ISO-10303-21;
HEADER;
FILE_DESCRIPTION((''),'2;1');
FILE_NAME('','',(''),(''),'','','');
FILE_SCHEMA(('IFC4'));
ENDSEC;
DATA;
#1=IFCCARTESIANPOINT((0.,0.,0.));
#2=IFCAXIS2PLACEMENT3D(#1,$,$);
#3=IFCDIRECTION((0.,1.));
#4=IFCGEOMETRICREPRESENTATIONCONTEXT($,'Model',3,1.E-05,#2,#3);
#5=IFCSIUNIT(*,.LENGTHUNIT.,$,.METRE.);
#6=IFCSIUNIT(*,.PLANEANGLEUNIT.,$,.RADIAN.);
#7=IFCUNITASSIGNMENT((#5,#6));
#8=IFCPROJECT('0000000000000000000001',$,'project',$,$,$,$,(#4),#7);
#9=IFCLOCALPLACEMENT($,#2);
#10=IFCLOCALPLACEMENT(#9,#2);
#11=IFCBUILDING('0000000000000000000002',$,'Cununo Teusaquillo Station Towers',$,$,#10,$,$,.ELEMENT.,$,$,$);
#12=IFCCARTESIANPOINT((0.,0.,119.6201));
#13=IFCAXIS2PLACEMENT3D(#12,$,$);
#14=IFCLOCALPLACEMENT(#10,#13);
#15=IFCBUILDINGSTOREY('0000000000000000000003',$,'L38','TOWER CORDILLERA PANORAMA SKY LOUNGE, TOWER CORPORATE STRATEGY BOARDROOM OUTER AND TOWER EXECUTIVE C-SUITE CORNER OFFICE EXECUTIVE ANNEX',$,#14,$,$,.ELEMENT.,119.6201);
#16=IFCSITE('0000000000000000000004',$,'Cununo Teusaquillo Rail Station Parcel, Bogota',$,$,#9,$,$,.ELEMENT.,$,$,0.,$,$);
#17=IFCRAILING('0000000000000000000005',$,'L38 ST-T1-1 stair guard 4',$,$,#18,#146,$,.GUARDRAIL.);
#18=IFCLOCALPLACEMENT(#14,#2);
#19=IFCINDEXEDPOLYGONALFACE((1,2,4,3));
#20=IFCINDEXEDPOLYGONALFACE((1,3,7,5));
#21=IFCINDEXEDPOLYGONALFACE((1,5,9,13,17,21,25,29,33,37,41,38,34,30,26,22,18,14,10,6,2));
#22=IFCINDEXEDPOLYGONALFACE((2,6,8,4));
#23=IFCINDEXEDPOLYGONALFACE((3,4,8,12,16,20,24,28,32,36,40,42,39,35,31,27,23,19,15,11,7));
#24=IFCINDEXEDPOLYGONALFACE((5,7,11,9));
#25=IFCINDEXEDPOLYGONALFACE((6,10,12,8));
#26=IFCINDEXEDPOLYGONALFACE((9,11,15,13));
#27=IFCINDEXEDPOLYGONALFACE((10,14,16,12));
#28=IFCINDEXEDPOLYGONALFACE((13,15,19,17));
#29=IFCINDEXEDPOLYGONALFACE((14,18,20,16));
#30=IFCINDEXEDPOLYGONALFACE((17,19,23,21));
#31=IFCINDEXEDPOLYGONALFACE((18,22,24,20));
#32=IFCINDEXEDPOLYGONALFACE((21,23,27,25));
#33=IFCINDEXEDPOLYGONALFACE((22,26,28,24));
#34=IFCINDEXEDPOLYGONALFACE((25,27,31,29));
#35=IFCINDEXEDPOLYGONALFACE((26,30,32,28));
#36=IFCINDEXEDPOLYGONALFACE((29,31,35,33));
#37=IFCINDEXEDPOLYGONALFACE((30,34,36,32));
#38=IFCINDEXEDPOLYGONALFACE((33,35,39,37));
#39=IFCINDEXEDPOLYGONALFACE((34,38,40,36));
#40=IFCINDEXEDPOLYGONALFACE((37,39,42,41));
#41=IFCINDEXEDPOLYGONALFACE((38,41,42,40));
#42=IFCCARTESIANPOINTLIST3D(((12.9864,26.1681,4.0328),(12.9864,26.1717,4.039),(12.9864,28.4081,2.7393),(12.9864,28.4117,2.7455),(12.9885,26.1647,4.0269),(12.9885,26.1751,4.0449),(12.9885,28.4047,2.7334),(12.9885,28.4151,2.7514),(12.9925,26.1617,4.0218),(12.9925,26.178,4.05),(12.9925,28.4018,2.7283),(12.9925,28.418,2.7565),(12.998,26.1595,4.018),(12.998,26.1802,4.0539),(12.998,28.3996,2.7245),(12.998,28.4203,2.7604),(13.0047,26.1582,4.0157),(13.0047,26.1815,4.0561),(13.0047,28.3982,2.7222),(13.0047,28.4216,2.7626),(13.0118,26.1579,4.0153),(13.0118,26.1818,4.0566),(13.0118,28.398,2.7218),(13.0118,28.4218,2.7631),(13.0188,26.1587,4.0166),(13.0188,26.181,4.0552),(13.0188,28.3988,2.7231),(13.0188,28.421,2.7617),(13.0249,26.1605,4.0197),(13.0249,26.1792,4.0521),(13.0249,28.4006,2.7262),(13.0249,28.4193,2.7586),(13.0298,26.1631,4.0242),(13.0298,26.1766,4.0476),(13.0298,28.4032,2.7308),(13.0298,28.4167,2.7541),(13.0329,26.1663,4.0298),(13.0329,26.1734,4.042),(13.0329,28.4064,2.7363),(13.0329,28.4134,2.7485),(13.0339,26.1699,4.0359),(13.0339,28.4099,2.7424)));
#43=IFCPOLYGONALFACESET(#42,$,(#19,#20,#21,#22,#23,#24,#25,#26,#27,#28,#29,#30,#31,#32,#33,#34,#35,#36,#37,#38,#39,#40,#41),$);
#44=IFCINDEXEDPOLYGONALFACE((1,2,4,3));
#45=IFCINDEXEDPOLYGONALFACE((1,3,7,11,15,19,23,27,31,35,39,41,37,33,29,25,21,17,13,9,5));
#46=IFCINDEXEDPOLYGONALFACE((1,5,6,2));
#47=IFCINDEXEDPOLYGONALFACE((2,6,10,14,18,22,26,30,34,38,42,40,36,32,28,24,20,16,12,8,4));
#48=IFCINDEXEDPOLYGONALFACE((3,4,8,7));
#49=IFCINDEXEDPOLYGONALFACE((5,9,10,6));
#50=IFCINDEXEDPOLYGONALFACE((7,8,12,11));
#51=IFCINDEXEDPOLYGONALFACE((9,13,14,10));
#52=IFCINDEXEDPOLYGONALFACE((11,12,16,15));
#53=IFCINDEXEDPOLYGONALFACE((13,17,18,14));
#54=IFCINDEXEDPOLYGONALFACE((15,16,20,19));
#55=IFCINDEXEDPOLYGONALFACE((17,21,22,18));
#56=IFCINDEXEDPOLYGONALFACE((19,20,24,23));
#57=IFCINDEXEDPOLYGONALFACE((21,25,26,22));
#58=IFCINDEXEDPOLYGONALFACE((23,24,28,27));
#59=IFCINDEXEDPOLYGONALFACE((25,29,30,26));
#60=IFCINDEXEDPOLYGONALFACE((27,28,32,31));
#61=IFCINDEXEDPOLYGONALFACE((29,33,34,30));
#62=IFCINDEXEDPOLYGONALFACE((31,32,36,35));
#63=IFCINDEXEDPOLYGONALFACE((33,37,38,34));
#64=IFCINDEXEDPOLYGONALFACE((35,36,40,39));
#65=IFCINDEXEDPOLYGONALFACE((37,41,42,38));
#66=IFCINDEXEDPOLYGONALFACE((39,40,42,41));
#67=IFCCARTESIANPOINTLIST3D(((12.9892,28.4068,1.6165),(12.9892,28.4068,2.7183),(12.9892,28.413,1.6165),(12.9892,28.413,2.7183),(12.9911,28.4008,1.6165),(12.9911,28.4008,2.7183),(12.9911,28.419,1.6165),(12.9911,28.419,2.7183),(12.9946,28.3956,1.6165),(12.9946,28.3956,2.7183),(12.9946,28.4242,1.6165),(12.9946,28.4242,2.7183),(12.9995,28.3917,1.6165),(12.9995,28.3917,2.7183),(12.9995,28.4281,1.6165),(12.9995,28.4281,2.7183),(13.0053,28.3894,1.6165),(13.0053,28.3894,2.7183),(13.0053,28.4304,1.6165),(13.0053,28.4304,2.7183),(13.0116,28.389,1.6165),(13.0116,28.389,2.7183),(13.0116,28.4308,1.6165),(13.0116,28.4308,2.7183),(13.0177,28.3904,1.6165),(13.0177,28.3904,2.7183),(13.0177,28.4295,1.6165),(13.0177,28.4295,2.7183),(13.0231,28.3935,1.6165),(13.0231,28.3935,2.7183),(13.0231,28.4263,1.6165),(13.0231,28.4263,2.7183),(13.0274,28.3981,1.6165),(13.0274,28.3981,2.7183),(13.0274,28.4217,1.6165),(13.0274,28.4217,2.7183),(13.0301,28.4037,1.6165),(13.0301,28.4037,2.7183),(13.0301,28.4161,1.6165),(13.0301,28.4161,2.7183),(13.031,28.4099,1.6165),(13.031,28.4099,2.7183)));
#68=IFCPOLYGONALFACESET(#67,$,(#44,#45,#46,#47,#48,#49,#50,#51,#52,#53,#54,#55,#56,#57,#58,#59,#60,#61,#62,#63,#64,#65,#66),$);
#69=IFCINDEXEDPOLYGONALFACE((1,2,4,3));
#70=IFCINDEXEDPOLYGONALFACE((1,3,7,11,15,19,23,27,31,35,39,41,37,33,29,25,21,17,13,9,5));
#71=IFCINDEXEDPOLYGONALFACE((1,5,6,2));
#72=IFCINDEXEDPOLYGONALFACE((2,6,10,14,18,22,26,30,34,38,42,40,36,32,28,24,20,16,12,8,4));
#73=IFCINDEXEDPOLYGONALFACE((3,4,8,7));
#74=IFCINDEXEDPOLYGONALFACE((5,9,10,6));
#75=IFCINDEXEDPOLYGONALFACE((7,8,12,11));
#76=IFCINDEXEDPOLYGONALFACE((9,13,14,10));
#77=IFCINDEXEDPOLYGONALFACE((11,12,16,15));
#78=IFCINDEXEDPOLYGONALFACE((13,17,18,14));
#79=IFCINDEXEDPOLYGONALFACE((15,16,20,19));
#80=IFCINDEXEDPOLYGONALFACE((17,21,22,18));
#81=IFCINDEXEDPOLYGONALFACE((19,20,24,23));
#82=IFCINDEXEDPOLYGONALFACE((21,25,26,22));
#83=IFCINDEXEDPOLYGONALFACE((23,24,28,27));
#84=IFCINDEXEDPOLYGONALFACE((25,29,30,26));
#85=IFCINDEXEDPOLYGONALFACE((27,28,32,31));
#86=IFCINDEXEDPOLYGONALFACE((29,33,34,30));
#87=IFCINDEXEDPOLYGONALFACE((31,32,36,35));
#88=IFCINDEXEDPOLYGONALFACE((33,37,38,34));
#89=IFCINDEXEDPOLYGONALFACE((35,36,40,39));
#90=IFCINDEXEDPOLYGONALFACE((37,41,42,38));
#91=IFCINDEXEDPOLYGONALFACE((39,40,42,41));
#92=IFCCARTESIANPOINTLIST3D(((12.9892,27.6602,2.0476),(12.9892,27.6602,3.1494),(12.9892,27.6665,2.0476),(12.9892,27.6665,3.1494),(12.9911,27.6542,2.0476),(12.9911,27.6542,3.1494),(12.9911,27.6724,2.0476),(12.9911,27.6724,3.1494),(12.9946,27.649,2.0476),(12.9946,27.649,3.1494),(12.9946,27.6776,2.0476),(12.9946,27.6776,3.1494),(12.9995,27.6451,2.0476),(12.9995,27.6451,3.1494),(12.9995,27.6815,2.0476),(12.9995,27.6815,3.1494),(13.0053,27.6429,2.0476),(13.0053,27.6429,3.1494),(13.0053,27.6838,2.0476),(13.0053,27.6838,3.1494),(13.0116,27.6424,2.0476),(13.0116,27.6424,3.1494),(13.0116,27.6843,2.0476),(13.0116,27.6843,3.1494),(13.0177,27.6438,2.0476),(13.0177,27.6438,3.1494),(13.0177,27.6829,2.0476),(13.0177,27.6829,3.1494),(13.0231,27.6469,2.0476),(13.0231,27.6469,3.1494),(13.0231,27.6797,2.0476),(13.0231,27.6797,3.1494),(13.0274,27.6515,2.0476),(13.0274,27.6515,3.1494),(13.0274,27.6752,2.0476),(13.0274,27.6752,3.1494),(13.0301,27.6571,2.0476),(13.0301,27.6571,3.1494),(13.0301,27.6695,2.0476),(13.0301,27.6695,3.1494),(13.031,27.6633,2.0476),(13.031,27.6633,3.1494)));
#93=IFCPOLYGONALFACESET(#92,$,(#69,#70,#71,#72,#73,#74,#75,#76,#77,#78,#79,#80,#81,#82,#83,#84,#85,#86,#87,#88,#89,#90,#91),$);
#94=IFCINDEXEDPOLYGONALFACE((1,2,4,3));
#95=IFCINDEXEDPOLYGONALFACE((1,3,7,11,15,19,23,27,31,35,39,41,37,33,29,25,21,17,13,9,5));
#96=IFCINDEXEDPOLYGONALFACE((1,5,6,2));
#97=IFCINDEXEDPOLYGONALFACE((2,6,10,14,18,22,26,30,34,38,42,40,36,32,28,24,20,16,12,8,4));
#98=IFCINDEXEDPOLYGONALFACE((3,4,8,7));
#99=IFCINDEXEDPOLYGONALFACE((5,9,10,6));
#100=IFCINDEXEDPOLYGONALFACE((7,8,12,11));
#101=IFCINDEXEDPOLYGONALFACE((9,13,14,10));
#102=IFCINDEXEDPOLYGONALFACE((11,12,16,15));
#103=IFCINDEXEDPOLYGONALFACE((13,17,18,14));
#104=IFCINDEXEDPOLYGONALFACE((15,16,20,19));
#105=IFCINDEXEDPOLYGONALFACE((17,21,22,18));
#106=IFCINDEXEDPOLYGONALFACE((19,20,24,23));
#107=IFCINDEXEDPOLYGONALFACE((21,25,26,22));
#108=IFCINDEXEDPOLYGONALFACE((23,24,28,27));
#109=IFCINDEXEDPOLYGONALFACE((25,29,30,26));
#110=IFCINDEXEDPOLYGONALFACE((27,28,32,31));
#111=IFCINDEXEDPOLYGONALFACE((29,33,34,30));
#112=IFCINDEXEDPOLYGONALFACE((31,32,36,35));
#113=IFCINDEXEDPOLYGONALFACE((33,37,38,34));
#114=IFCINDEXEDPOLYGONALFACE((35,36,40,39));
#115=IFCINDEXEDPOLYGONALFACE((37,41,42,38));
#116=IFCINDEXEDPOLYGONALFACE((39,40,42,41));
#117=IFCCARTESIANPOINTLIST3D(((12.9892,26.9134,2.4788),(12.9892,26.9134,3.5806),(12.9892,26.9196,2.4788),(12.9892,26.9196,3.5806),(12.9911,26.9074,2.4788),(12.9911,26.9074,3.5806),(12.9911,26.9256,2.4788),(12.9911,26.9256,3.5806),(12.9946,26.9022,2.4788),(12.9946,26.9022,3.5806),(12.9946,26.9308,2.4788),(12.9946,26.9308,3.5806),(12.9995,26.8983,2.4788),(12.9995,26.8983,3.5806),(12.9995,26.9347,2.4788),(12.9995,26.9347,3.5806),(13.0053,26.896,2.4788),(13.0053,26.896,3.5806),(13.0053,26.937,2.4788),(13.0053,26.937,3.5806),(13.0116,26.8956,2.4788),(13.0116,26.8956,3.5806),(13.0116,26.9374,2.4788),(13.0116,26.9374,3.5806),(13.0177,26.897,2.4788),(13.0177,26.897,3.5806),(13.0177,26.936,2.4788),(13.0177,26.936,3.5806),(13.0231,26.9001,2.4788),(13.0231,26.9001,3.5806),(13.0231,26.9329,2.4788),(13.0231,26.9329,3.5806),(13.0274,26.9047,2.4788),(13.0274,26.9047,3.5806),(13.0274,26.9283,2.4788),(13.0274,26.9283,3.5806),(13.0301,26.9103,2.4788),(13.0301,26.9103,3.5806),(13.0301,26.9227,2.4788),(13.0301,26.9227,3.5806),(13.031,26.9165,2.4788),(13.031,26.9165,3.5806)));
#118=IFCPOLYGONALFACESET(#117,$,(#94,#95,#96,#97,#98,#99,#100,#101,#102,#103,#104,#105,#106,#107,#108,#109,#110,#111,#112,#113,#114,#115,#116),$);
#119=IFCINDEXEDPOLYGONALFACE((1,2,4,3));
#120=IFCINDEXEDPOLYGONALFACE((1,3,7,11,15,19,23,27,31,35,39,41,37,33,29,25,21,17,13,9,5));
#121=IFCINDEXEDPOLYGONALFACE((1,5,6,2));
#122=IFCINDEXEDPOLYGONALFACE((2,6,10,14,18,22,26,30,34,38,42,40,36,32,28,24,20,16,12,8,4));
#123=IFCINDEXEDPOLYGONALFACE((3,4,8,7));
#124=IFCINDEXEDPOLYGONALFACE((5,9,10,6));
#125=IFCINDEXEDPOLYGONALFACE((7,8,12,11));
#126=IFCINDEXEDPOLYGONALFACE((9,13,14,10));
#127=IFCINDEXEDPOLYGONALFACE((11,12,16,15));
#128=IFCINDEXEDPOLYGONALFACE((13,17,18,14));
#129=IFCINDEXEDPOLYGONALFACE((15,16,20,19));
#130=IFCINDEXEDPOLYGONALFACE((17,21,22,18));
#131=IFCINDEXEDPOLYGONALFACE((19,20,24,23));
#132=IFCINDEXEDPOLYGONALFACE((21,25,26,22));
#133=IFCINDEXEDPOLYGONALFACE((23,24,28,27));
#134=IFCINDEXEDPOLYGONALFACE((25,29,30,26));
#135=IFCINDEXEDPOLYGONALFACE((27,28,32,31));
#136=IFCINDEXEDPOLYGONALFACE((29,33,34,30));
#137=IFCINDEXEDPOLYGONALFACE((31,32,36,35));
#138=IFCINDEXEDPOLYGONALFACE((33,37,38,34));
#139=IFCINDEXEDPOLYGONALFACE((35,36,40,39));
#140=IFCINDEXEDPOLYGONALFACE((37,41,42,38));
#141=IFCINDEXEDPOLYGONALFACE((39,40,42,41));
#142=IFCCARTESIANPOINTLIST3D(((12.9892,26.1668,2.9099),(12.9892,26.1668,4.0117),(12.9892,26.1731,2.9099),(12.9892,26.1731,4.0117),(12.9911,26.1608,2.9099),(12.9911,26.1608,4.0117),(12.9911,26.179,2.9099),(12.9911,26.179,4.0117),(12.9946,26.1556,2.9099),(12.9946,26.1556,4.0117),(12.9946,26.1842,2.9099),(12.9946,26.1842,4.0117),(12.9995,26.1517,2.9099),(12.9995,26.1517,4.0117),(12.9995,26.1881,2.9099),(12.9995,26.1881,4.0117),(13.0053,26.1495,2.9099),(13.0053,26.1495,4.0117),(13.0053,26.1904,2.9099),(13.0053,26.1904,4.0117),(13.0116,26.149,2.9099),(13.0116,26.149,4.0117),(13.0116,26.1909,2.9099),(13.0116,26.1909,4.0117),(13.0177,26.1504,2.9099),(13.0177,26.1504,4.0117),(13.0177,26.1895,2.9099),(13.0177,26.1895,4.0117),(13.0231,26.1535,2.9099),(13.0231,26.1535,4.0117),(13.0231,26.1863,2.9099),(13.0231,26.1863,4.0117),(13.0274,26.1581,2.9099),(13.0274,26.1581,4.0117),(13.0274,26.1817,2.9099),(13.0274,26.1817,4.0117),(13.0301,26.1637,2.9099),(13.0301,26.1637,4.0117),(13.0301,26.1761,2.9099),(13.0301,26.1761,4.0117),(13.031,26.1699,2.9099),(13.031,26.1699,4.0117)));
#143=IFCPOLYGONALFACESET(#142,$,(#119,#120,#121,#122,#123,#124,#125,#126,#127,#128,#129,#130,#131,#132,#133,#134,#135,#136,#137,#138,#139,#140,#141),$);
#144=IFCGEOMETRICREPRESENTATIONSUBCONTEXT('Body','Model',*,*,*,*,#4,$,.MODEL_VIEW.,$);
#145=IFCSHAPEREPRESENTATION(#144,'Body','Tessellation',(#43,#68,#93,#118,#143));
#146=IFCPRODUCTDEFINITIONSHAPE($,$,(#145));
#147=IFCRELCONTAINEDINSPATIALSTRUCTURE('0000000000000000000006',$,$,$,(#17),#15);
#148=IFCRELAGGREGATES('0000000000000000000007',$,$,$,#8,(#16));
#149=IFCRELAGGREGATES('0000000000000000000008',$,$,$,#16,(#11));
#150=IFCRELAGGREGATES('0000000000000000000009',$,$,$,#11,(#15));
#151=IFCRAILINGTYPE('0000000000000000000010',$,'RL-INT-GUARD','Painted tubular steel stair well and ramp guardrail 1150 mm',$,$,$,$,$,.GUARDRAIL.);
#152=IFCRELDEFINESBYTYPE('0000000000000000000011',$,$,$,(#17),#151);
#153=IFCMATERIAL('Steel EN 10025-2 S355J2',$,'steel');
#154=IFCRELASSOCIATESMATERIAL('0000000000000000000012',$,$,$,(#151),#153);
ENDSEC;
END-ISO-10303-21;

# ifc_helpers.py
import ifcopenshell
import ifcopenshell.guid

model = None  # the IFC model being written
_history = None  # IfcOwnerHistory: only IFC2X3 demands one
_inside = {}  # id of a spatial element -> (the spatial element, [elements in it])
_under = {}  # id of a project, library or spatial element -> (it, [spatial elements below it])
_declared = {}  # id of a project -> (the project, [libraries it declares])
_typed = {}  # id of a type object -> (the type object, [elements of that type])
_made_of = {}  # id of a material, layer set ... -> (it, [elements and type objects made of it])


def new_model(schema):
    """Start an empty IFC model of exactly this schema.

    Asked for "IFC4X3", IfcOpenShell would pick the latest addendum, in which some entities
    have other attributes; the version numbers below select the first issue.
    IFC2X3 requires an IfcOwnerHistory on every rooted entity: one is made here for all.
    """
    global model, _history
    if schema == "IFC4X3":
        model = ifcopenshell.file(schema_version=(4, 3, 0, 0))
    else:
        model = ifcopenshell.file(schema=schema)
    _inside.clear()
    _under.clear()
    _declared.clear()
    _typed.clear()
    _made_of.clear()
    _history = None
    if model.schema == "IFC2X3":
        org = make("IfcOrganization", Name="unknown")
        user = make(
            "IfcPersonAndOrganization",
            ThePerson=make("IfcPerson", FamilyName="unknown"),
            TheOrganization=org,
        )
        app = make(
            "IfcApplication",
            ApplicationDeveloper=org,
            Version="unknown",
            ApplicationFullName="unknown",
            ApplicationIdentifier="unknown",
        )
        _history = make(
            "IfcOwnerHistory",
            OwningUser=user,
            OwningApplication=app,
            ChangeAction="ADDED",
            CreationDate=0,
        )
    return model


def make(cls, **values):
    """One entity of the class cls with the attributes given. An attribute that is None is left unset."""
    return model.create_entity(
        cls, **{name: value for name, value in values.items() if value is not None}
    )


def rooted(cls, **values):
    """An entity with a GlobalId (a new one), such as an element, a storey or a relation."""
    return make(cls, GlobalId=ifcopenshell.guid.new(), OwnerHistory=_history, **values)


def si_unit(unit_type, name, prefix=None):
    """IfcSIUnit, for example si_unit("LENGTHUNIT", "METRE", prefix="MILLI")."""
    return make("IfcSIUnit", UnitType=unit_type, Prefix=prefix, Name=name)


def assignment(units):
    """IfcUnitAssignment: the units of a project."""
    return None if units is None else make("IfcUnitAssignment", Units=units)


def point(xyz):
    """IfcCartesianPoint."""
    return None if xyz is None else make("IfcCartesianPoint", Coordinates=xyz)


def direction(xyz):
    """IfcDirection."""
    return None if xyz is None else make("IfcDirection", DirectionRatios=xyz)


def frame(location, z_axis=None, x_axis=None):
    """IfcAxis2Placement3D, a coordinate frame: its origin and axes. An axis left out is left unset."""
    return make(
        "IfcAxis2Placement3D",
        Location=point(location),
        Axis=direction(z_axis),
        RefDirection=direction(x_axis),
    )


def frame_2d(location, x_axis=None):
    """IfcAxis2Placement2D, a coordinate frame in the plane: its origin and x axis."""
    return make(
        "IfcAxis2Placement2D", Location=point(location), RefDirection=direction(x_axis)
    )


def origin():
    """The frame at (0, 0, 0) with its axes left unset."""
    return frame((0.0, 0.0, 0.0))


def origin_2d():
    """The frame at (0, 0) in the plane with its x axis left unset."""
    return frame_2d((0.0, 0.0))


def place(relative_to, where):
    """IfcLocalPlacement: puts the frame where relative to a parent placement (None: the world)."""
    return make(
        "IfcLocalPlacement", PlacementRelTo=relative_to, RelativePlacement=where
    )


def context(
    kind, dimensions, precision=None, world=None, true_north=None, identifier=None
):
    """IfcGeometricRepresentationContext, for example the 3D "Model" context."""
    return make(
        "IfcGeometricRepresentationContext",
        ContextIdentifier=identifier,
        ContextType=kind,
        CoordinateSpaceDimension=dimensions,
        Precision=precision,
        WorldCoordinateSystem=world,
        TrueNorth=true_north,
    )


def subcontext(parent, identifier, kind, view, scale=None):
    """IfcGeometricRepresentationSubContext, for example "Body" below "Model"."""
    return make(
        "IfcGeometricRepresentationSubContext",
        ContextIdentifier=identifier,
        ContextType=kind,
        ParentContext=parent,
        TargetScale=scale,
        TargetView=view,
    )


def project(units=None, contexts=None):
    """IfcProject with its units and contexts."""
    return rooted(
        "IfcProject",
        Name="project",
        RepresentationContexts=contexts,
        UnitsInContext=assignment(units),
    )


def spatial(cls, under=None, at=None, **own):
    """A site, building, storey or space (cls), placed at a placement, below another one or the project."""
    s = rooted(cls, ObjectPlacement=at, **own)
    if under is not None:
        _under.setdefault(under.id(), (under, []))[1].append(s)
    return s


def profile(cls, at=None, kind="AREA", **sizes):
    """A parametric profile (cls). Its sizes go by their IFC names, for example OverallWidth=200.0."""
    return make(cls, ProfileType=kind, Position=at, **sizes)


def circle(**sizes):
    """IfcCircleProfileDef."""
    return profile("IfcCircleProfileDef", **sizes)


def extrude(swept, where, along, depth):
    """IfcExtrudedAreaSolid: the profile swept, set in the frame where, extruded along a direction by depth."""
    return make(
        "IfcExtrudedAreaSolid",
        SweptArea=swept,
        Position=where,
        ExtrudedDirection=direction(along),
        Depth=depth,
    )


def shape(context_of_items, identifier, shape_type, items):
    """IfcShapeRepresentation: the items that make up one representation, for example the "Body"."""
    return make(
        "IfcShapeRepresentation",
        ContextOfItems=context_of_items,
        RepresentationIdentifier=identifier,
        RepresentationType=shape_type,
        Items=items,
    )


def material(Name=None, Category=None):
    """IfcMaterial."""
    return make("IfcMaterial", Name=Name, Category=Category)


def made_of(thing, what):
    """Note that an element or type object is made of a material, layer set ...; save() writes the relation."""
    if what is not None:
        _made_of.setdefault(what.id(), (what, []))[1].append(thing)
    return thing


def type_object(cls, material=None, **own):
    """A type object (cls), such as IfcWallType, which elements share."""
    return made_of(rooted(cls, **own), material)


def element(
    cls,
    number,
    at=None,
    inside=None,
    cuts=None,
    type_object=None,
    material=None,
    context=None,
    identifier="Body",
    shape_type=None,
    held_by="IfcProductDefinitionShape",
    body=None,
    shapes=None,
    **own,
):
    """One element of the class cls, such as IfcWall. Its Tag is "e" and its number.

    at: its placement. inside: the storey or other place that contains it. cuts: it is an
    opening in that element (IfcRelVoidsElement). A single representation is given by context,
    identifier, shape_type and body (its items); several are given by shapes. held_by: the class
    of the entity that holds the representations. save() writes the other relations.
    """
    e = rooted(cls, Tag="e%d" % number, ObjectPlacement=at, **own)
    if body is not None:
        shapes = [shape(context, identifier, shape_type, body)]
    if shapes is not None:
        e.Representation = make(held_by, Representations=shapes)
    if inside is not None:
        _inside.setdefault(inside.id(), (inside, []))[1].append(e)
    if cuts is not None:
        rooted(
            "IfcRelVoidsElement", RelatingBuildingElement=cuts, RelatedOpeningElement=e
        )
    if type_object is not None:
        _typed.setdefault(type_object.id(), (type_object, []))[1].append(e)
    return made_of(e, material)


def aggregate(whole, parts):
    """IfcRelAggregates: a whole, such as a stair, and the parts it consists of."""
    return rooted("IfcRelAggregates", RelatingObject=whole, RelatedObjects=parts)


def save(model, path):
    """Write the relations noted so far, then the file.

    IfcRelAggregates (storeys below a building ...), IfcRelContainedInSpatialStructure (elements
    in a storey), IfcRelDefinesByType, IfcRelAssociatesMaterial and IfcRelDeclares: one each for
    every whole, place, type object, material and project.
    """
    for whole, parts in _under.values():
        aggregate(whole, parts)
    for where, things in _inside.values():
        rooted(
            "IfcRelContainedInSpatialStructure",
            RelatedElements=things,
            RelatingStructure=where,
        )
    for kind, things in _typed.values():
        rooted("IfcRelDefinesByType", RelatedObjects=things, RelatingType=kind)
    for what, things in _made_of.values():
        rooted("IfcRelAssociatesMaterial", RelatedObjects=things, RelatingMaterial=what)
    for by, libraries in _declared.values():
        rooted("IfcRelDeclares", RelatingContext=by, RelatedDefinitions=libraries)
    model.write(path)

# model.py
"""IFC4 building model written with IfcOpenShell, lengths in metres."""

from ifc_helpers import new_model, si_unit, direction, frame, origin, origin_2d, place, context, subcontext, project, spatial, circle, extrude, material, type_object, element, save


model = new_model("IFC4")

# Units and contexts
model_context = context("Model", 3, precision=1e-05, world=origin(), true_north=direction((0.0, 1.0)))
body_context = subcontext(model_context, "Body", "Model", "MODEL_VIEW")
ifc_project = project(units=[si_unit("LENGTHUNIT", "METRE"), si_unit("PLANEANGLEUNIT", "RADIAN")], contexts=[model_context])

# Site, building, storey
site_placement = place(None, origin())
site = spatial("IfcSite", under=ifc_project, at=site_placement, Name="Cununo Teusaquillo Rail Station Parcel, Bogota", CompositionType="ELEMENT", RefElevation=0.0)
building_placement = place(site_placement, origin())
building = spatial("IfcBuilding", under=site, at=building_placement, Name="Cununo Teusaquillo Station Towers", CompositionType="ELEMENT")
storey_placement = place(building_placement, frame((0.0, 0.0, 119.6201)))
storey = spatial("IfcBuildingStorey", under=building, at=storey_placement, Name="L38", Description="TOWER CORDILLERA PANORAMA SKY LOUNGE, TOWER CORPORATE STRATEGY BOARDROOM OUTER AND TOWER EXECUTIVE C-SUITE CORNER OFFICE EXECUTIVE ANNEX", CompositionType="ELEMENT", Elevation=119.6201)

# Railing
ifc_material_1 = material(Name="Steel EN 10025-2 S355J2", Category="steel")
railing_type_1 = type_object("IfcRailingType", Name="RL-INT-GUARD", Description="Painted tubular steel stair well and ramp guardrail 1150 mm", PredefinedType="GUARDRAIL", material=ifc_material_1)
railing_1_placement = place(storey_placement, frame((13.01, 28.4099, 1.6165)))
element("IfcRailing", 1, at=railing_1_placement, inside=storey, type_object=railing_type_1, Name="L38 ST-T1-1 stair guard 4", PredefinedType="GUARDRAIL", context=body_context, shape_type="SweptSolid", body=[
    extrude(circle(Radius=0.0239, at=origin_2d()), frame((0.0, 0.0, 1.126), z_axis=(0.0, -0.865992, 0.500057), x_axis=(1.0, 0.0, 0.0)), (0.0, 0.0, 1.0), 2.5867),
    extrude(circle(Radius=0.021, at=origin_2d()), origin(), (0.0, 0.0, 1.0), 1.1018),
    extrude(circle(Radius=0.021, at=origin_2d()), frame((0.0, -0.7466, 0.4312)), (0.0, 0.0, 1.0), 1.1018),
    extrude(circle(Radius=0.021, at=origin_2d()), frame((0.0, -1.4934, 0.8623)), (0.0, 0.0, 1.0), 1.1018),
    extrude(circle(Radius=0.021, at=origin_2d()), frame((0.0, -2.24, 1.2935)), (0.0, 0.0, 1.0), 1.1018),
])

save(model, "model.ifc")
